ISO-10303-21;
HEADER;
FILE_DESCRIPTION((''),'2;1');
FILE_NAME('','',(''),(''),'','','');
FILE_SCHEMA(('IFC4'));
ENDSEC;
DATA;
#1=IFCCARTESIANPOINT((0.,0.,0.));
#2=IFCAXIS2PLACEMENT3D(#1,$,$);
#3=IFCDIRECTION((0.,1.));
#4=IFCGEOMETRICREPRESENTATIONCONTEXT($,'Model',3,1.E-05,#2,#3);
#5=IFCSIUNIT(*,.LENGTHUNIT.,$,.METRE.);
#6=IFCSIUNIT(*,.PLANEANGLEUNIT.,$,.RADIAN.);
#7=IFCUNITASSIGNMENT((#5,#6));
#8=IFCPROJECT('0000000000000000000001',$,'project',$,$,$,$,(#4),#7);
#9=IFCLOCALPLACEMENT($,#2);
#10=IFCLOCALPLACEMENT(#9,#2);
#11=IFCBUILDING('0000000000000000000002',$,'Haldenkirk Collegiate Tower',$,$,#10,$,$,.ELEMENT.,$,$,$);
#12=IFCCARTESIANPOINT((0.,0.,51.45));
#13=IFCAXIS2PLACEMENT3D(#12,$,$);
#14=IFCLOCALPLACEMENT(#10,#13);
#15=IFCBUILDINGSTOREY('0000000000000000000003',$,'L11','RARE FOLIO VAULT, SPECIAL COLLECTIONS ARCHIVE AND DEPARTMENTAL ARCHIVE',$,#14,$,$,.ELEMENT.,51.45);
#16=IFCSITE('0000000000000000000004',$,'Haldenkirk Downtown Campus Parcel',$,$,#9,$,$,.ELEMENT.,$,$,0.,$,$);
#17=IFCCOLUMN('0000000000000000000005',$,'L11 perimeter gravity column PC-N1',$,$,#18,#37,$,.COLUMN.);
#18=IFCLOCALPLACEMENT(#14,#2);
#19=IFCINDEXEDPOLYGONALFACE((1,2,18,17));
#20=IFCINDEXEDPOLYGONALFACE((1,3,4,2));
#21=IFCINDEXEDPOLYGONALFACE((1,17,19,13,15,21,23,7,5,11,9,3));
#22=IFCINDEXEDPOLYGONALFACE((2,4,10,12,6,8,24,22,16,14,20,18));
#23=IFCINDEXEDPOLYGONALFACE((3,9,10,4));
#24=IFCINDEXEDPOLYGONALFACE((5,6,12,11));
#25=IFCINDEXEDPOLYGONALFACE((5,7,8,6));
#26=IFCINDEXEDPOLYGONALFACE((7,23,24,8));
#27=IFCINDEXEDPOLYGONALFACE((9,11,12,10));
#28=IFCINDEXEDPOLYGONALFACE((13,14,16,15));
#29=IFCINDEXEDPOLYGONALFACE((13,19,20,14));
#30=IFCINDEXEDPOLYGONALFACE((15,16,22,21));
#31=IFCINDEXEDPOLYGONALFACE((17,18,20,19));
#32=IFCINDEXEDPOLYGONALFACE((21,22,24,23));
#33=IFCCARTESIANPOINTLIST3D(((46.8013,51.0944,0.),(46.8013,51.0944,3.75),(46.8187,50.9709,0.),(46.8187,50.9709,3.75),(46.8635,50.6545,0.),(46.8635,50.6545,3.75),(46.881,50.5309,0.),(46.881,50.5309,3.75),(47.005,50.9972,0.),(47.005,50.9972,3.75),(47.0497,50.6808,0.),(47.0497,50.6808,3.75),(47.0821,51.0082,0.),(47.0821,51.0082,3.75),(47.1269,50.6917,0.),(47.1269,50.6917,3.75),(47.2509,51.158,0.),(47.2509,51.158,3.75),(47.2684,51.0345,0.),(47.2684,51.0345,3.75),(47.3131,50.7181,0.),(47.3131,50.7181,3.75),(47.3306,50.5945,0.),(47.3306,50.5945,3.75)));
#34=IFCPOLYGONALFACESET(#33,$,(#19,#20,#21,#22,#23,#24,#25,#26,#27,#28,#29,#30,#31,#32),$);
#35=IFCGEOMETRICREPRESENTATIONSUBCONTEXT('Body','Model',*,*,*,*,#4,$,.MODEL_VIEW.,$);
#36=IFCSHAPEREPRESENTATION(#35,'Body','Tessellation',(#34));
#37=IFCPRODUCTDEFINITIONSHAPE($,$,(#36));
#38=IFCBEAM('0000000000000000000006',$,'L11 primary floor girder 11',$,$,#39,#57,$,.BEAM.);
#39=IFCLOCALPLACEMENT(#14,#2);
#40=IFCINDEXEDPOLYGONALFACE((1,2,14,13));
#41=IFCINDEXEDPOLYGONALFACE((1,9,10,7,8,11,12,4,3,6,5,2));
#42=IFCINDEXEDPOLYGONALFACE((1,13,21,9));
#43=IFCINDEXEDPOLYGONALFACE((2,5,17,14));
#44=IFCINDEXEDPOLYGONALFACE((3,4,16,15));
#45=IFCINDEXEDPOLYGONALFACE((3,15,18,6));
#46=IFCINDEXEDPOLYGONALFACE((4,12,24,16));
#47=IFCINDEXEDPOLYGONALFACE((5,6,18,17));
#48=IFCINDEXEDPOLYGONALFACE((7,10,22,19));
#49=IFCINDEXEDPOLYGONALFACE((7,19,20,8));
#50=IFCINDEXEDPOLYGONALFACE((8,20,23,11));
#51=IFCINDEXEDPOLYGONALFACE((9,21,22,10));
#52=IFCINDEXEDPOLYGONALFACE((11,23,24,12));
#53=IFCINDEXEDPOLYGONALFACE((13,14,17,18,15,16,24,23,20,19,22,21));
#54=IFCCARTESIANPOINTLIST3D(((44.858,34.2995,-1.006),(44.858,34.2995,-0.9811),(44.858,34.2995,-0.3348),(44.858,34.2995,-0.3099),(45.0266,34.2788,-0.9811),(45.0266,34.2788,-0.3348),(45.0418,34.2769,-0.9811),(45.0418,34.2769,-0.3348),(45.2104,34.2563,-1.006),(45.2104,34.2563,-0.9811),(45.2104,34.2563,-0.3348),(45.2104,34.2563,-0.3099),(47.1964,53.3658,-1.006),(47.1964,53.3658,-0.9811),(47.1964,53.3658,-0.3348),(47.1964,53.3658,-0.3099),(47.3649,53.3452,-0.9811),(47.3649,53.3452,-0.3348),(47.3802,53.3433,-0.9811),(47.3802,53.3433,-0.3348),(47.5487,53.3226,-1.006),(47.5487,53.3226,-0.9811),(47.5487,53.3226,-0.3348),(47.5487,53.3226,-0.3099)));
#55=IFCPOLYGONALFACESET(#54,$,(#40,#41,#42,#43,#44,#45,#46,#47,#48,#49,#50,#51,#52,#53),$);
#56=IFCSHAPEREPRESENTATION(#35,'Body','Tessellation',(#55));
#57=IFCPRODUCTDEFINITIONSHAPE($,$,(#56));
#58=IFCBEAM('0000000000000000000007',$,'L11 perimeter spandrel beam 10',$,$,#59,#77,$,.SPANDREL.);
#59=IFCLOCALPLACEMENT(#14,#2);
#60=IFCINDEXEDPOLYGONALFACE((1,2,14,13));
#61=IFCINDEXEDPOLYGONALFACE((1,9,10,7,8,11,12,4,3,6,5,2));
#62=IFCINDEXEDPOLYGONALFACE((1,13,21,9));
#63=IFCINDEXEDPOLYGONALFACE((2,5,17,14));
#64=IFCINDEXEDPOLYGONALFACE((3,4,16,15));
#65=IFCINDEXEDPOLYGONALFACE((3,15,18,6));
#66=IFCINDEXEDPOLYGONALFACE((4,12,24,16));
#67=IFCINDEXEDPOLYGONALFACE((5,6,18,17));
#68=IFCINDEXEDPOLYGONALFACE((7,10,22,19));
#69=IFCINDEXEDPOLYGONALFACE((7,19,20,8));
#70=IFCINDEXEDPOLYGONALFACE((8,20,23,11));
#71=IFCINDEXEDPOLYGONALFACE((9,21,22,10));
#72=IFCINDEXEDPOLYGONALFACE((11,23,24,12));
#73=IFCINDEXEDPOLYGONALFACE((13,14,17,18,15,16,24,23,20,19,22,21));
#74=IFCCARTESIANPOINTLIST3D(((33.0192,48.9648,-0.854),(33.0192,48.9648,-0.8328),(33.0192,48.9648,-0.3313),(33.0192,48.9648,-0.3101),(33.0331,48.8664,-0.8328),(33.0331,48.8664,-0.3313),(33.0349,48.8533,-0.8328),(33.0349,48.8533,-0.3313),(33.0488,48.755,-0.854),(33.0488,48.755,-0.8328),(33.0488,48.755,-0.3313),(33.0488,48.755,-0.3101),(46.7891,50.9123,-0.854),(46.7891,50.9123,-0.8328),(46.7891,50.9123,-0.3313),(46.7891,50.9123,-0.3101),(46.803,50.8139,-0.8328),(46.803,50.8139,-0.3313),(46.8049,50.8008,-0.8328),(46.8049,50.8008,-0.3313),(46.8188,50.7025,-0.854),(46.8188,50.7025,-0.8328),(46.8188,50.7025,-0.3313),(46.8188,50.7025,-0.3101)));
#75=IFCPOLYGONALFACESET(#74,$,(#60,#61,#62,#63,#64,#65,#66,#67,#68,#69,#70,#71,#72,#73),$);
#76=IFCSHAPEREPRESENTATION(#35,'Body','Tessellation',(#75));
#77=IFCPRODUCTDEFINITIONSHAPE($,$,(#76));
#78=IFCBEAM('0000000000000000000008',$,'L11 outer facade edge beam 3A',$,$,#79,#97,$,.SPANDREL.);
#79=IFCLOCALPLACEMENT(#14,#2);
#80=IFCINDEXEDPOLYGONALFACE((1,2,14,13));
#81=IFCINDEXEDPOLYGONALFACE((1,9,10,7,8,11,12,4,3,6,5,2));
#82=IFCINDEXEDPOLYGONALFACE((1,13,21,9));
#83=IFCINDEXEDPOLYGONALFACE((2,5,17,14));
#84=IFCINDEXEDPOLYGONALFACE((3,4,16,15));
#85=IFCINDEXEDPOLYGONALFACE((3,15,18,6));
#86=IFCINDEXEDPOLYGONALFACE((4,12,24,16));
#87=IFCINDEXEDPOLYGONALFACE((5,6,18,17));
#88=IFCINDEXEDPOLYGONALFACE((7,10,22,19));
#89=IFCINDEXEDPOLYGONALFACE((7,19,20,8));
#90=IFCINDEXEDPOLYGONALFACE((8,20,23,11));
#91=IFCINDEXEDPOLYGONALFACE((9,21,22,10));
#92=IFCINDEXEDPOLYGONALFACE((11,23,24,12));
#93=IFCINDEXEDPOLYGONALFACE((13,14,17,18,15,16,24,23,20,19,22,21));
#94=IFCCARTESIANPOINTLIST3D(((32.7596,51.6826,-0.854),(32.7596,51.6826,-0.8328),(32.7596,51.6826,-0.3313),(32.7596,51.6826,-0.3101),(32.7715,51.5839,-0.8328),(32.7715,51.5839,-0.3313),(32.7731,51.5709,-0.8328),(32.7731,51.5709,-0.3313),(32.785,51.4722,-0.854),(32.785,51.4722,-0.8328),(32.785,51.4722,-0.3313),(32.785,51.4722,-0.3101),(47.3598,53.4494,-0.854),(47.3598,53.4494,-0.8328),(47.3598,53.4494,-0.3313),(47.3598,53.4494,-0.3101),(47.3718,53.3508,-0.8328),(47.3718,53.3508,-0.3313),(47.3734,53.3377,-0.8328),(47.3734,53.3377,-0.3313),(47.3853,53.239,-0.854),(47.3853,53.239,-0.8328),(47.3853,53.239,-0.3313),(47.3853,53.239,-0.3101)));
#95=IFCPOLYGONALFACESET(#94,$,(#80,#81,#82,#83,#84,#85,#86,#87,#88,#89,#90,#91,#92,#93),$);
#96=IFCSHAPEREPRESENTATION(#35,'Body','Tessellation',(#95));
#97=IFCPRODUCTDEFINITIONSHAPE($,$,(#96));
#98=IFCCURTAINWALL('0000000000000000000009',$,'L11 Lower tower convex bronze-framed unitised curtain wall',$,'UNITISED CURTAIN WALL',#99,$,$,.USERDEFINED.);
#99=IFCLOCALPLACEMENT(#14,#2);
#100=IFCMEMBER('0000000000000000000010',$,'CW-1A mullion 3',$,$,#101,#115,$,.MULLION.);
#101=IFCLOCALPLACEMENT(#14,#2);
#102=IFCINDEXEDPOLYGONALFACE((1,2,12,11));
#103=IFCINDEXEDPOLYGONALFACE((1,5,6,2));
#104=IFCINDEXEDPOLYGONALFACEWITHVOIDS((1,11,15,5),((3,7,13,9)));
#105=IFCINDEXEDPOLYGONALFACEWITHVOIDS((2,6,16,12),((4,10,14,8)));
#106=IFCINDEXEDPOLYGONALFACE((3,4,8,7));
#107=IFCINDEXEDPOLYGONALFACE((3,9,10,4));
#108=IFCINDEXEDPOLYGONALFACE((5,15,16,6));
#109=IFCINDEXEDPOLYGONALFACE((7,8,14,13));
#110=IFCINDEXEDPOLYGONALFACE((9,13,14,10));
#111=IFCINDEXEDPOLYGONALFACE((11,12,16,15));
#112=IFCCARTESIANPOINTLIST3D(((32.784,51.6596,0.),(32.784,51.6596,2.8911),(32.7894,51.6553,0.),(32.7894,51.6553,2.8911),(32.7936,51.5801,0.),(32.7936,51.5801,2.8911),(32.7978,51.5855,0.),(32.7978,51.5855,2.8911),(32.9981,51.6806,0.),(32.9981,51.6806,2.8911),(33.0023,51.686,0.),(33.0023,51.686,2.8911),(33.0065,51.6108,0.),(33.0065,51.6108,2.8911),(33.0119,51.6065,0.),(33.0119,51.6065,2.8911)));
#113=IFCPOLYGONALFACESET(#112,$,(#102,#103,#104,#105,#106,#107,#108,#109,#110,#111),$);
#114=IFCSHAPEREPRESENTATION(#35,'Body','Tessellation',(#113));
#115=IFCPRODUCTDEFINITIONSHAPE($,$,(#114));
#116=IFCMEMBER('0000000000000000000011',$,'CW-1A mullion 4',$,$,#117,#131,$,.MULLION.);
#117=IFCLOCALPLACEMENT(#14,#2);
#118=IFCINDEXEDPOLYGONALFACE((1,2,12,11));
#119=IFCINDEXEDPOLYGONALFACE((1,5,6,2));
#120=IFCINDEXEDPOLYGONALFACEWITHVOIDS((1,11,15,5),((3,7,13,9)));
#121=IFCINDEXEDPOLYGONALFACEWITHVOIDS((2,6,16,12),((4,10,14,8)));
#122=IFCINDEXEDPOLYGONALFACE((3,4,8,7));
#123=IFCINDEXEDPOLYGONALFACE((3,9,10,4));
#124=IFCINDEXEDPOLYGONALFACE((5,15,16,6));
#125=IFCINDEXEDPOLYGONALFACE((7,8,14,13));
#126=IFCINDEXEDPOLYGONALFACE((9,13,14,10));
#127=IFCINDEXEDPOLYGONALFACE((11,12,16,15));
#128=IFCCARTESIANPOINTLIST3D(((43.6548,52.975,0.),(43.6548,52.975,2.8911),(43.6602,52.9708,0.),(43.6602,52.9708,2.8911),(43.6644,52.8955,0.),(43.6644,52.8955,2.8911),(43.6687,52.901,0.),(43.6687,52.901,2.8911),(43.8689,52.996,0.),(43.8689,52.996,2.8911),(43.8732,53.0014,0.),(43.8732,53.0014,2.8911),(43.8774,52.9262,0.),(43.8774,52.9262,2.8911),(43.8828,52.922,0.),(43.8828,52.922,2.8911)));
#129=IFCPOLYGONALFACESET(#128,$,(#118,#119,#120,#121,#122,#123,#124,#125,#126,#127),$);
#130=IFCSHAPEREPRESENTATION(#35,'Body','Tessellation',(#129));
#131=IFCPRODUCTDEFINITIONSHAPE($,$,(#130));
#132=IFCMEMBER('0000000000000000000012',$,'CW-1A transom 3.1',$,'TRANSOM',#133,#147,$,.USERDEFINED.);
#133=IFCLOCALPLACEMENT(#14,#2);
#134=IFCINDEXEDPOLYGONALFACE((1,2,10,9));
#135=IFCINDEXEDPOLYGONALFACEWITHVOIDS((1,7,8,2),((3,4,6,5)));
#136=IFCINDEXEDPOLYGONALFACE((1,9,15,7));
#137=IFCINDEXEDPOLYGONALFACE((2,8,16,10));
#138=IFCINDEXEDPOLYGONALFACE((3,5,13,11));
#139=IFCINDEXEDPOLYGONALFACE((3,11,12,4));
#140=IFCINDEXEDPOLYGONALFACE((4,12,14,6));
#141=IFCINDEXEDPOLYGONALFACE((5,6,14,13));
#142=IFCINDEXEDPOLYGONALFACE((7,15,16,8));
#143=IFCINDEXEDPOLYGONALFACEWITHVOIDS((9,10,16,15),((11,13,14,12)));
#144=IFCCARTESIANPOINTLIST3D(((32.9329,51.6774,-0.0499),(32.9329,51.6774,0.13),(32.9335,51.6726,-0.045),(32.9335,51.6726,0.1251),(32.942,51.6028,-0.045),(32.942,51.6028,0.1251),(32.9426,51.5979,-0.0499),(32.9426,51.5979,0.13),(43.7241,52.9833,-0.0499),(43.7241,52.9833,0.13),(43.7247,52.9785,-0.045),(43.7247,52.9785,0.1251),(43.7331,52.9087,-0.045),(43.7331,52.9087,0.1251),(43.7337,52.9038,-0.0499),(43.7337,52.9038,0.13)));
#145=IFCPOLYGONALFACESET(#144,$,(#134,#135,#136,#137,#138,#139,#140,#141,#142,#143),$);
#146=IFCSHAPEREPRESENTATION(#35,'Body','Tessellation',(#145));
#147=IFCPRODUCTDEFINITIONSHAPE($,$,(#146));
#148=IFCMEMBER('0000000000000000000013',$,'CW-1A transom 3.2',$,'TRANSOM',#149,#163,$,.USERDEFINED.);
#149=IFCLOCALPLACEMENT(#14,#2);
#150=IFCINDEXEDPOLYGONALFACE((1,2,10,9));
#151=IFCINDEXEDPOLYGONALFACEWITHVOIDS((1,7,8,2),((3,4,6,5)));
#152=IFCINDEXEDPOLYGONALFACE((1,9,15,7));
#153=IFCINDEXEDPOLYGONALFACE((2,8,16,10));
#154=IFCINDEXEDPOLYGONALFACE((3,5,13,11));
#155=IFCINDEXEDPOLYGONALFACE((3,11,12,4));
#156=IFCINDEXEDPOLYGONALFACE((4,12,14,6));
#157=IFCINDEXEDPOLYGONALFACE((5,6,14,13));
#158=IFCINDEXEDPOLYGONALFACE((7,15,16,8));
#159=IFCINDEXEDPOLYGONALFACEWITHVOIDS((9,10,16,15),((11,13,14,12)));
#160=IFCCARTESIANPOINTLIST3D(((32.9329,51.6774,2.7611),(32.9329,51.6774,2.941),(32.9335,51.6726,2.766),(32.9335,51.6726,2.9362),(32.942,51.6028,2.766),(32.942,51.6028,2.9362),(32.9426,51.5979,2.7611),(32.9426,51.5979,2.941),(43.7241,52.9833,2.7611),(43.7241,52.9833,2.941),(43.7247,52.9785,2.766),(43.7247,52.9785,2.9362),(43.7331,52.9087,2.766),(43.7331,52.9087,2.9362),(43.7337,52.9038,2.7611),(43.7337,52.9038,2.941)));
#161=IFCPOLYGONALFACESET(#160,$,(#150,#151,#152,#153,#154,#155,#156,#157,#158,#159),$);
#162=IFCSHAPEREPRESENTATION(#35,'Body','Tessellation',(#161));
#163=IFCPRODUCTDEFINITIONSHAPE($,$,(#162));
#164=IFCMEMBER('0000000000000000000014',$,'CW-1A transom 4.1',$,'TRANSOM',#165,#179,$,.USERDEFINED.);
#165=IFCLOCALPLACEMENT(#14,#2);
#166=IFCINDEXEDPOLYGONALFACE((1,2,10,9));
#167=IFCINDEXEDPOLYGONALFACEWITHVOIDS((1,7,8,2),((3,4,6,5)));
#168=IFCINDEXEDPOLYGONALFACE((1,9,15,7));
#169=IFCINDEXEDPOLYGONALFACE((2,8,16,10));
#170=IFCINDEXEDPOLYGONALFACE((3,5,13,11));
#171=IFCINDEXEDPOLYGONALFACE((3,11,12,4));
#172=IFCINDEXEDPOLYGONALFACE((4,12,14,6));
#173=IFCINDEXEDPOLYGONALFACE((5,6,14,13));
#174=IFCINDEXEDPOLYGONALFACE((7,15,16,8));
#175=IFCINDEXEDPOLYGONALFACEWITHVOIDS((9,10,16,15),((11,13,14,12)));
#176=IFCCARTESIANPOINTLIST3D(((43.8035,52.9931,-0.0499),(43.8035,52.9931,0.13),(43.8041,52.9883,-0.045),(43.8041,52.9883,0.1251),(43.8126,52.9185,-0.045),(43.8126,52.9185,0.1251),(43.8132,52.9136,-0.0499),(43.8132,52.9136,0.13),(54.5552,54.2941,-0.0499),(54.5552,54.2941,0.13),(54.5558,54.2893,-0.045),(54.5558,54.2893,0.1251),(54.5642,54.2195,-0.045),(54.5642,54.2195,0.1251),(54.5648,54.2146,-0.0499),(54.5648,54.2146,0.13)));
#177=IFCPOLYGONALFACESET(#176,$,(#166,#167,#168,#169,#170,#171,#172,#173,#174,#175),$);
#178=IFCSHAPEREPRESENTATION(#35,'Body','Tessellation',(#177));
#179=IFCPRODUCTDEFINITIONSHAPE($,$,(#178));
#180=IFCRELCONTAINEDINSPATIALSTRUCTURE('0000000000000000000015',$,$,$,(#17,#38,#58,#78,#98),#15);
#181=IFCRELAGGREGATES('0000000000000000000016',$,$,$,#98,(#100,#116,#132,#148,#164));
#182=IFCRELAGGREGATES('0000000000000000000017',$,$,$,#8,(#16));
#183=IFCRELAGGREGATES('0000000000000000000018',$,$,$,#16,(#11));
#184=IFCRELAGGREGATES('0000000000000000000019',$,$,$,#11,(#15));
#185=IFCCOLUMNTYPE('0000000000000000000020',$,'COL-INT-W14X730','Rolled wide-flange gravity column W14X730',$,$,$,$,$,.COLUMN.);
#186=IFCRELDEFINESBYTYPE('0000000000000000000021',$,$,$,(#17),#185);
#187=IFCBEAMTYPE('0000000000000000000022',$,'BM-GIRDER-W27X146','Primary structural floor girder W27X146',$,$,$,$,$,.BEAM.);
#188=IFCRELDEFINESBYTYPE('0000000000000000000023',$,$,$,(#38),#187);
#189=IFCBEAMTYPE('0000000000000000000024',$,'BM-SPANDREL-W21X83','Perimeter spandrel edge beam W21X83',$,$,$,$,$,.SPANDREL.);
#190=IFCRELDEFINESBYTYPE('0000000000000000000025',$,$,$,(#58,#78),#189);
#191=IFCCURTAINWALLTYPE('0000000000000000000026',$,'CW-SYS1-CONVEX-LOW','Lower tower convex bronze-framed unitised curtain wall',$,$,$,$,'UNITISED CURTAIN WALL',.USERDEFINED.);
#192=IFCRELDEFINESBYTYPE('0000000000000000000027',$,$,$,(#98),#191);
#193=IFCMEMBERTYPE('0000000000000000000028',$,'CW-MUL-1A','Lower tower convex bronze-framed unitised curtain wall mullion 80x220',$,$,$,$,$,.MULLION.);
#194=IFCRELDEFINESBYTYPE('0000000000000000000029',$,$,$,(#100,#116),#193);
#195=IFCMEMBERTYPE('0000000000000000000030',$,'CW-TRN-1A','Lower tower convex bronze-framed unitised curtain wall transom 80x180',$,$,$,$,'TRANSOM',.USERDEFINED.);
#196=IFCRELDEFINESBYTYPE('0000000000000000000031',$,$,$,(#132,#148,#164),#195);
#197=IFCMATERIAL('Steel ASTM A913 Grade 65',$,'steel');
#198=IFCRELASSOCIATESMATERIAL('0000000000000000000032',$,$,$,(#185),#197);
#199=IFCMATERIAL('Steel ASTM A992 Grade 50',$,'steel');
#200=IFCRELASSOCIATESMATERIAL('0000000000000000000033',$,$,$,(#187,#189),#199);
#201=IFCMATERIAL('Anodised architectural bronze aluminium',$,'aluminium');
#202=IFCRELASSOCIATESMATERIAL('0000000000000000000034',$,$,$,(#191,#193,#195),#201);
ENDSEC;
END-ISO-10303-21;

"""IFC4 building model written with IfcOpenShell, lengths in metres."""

from ifc_helpers import new_model, si_unit, direction, frame, origin, origin_2d, place, context, subcontext, project, spatial, hollow_rectangle, i_section, extrude, material, material_profile, profile_set, type_object, element, aggregate, save


model = new_model("IFC4")

# Units and contexts
model_context = context("Model", 3, precision=1e-05, world=origin(), true_north=direction((0.0, 1.0)))
body_context = subcontext(model_context, "Body", "Model", "MODEL_VIEW")
ifc_project = project(units=[si_unit("LENGTHUNIT", "METRE"), si_unit("PLANEANGLEUNIT", "RADIAN")], contexts=[model_context])

# Site, building, storey
site_placement = place(None, origin())
site = spatial("IfcSite", under=ifc_project, at=site_placement, Name="Haldenkirk Downtown Campus Parcel", CompositionType="ELEMENT", RefElevation=0.0)
building_placement = place(site_placement, origin())
building = spatial("IfcBuilding", under=site, at=building_placement, Name="Haldenkirk Collegiate Tower", CompositionType="ELEMENT")
storey_placement = place(building_placement, frame((0.0, 0.0, 51.45)))
storey = spatial("IfcBuildingStorey", under=building, at=storey_placement, Name="L11", Description="RARE FOLIO VAULT, SPECIAL COLLECTIONS ARCHIVE AND DEPARTMENTAL ARCHIVE", CompositionType="ELEMENT", Elevation=51.45)

# Column
ifc_material_1 = material(Name="Steel ASTM A913 Grade 65", Category="steel")
ifc_material_profile_1 = material_profile(ifc_material_1, i_section(OverallWidth=0.4541, OverallDepth=0.5691, WebThickness=0.0779, FlangeThickness=0.1248, at=origin_2d()), Name="W14X730")
ifc_profile_set_1 = profile_set([ifc_material_profile_1], Name="Steel ASTM A913 Grade 65")
column_type = type_object("IfcColumnType", Name="COL-INT-W14X730", Description="Rolled wide-flange gravity column W14X730", PredefinedType="COLUMN", material=ifc_profile_set_1)
column_placement = place(storey_placement, frame((47.0659, 50.8445, 0.0), z_axis=(0.0, 0.0, 1.0), x_axis=(0.990146, 0.140037, 0.0)))
element("IfcColumn", 1, at=column_placement, inside=storey, type_object=column_type, Name="L11 perimeter gravity column PC-N1", PredefinedType="COLUMN", context=body_context, shape_type="SweptSolid", body=[
    extrude(i_section(OverallWidth=0.4541, OverallDepth=0.5691, WebThickness=0.0779, FlangeThickness=0.1248, at=origin_2d()), origin(), (0.0, 0.0, 1.0), 3.75),
])

# Beams
ifc_material_2 = material(Name="Steel ASTM A992 Grade 50", Category="steel")
ifc_material_profile_2 = material_profile(ifc_material_2, i_section(OverallWidth=0.355, OverallDepth=0.696, WebThickness=0.0154, FlangeThickness=0.0249, at=origin_2d()), Name="W27X146")
ifc_profile_set_2 = profile_set([ifc_material_profile_2], Name="Steel ASTM A992 Grade 50")
beam_type_1 = type_object("IfcBeamType", Name="BM-GIRDER-W27X146", Description="Primary structural floor girder W27X146", PredefinedType="BEAM", material=ifc_profile_set_2)
beam_1_placement = place(storey_placement, frame((47.3726, 53.3442, -0.658), z_axis=(-0.121732, -0.992563, 0.0), x_axis=(0.992563, -0.121732, 0.0)))
element("IfcBeam", 2, at=beam_1_placement, inside=storey, type_object=beam_type_1, Name="L11 primary floor girder 11", PredefinedType="BEAM", context=body_context, shape_type="SweptSolid", body=[
    extrude(i_section(OverallWidth=0.355, OverallDepth=0.696, WebThickness=0.0154, FlangeThickness=0.0249, at=origin_2d()), origin(), (0.0, 0.0, 1.0), 19.2092),
])
ifc_material_profile_3 = material_profile(ifc_material_2, i_section(OverallWidth=0.2119, OverallDepth=0.5439, WebThickness=0.0132, FlangeThickness=0.0212, at=origin_2d()), Name="W21X83")
ifc_profile_set_3 = profile_set([ifc_material_profile_3], Name="Steel ASTM A992 Grade 50")
beam_type_2 = type_object("IfcBeamType", Name="BM-SPANDREL-W21X83", Description="Perimeter spandrel edge beam W21X83", PredefinedType="SPANDREL", material=ifc_profile_set_3)
beam_2_placement = place(storey_placement, frame((46.804, 50.8074, -0.582), z_axis=(-0.990146, -0.140038, 0.0), x_axis=(0.140038, -0.990146, 0.0)))
element("IfcBeam", 3, at=beam_2_placement, inside=storey, type_object=beam_type_2, Name="L11 perimeter spandrel beam 10", PredefinedType="SPANDREL", context=body_context, shape_type="SweptSolid", body=[
    extrude(i_section(OverallWidth=0.2119, OverallDepth=0.5439, WebThickness=0.0132, FlangeThickness=0.0212, at=origin_2d()), origin(), (0.0, 0.0, 1.0), 13.907),
])
beam_3_placement = place(storey_placement, frame((47.3726, 53.3442, -0.582), z_axis=(-0.992757, -0.120138, 0.0), x_axis=(0.120138, -0.992757, 0.0)))
element("IfcBeam", 4, at=beam_3_placement, inside=storey, type_object=beam_type_2, Name="L11 outer facade edge beam 3A", PredefinedType="SPANDREL", context=body_context, shape_type="SweptSolid", body=[
    extrude(i_section(OverallWidth=0.2119, OverallDepth=0.5439, WebThickness=0.0132, FlangeThickness=0.0212, at=origin_2d()), origin(), (0.0, 0.0, 1.0), 14.7068),
])

# Curtain wall, members
ifc_material_3 = material(Name="Anodised architectural bronze aluminium", Category="aluminium")
curtain_wall_type = type_object("IfcCurtainWallType", Name="CW-SYS1-CONVEX-LOW", Description="Lower tower convex bronze-framed unitised curtain wall", ElementType="UNITISED CURTAIN WALL", PredefinedType="USERDEFINED", material=ifc_material_3)
curtain_wall_placement = place(storey_placement, origin())
curtain_wall = element("IfcCurtainWall", 5, at=curtain_wall_placement, inside=storey, type_object=curtain_wall_type, Name="L11 Lower tower convex bronze-framed unitised curtain wall", ObjectType="UNITISED CURTAIN WALL", PredefinedType="USERDEFINED")
ifc_material_profile_4 = material_profile(ifc_material_3, hollow_rectangle(XDim=0.0801, YDim=0.22, WallThickness=0.0049, at=origin_2d()), Name="CW-MUL-1A")
ifc_profile_set_4 = profile_set([ifc_material_profile_4], Name="Anodised architectural bronze aluminium")
member_type_1 = type_object("IfcMemberType", Name="CW-MUL-1A", Description="Lower tower convex bronze-framed unitised curtain wall mullion 80x220", PredefinedType="MULLION", material=ifc_profile_set_4)
member_1_placement = place(storey_placement, frame((32.8979, 51.6331, 0.0), z_axis=(0.0, 0.0, 1.0), x_axis=(-0.120137, 0.992757, 0.0)))
member_1 = element("IfcMember", 6, at=member_1_placement, type_object=member_type_1, Name="CW-1A mullion 3", PredefinedType="MULLION", context=body_context, shape_type="SweptSolid", body=[
    extrude(hollow_rectangle(XDim=0.0801, YDim=0.22, WallThickness=0.0049, at=origin_2d()), origin(), (0.0, 0.0, 1.0), 2.8911),
])
member_2_placement = place(storey_placement, frame((43.7688, 52.9485, 0.0), z_axis=(0.0, 0.0, 1.0), x_axis=(-0.120137, 0.992757, 0.0)))
member_2 = element("IfcMember", 7, at=member_2_placement, type_object=member_type_1, Name="CW-1A mullion 4", PredefinedType="MULLION", context=body_context, shape_type="SweptSolid", body=[
    extrude(hollow_rectangle(XDim=0.0801, YDim=0.22, WallThickness=0.0049, at=origin_2d()), origin(), (0.0, 0.0, 1.0), 2.8911),
])
ifc_material_profile_5 = material_profile(ifc_material_3, hollow_rectangle(XDim=0.0801, YDim=0.1799, WallThickness=0.0049, at=origin_2d()), Name="CW-TRN-1A")
ifc_profile_set_5 = profile_set([ifc_material_profile_5], Name="Anodised architectural bronze aluminium")
member_type_2 = type_object("IfcMemberType", Name="CW-TRN-1A", Description="Lower tower convex bronze-framed unitised curtain wall transom 80x180", ElementType="TRANSOM", PredefinedType="USERDEFINED", material=ifc_profile_set_5)
member_3_placement = place(storey_placement, frame((32.9377, 51.6377, 0.04), z_axis=(0.992757, 0.120139, 0.0), x_axis=(-0.120139, 0.992757, 0.0)))
member_3 = element("IfcMember", 8, at=member_3_placement, type_object=member_type_2, Name="CW-1A transom 3.1", ObjectType="TRANSOM", PredefinedType="USERDEFINED", context=body_context, shape_type="SweptSolid", body=[
    extrude(hollow_rectangle(XDim=0.0801, YDim=0.1799, WallThickness=0.0049, at=origin_2d()), origin(), (0.0, 0.0, 1.0), 10.8699),
])
member_4_placement = place(storey_placement, frame((32.9377, 51.6377, 2.8511), z_axis=(0.992757, 0.120139, 0.0), x_axis=(-0.120139, 0.992757, 0.0)))
member_4 = element("IfcMember", 9, at=member_4_placement, type_object=member_type_2, Name="CW-1A transom 3.2", ObjectType="TRANSOM", PredefinedType="USERDEFINED", context=body_context, shape_type="SweptSolid", body=[
    extrude(hollow_rectangle(XDim=0.0801, YDim=0.1799, WallThickness=0.0049, at=origin_2d()), origin(), (0.0, 0.0, 1.0), 10.8699),
])
member_5_placement = place(storey_placement, frame((43.8083, 52.9534, 0.04), z_axis=(0.992758, 0.12013, 0.0), x_axis=(-0.12013, 0.992758, 0.0)))
member_5 = element("IfcMember", 10, at=member_5_placement, type_object=member_type_2, Name="CW-1A transom 4.1", ObjectType="TRANSOM", PredefinedType="USERDEFINED", context=body_context, shape_type="SweptSolid", body=[
    extrude(hollow_rectangle(XDim=0.0801, YDim=0.1799, WallThickness=0.0049, at=origin_2d()), origin(), (0.0, 0.0, 1.0), 10.8301),
])

aggregate(curtain_wall, [member_1, member_2, member_3, member_4, member_5])

save(model, "model.ifc")
